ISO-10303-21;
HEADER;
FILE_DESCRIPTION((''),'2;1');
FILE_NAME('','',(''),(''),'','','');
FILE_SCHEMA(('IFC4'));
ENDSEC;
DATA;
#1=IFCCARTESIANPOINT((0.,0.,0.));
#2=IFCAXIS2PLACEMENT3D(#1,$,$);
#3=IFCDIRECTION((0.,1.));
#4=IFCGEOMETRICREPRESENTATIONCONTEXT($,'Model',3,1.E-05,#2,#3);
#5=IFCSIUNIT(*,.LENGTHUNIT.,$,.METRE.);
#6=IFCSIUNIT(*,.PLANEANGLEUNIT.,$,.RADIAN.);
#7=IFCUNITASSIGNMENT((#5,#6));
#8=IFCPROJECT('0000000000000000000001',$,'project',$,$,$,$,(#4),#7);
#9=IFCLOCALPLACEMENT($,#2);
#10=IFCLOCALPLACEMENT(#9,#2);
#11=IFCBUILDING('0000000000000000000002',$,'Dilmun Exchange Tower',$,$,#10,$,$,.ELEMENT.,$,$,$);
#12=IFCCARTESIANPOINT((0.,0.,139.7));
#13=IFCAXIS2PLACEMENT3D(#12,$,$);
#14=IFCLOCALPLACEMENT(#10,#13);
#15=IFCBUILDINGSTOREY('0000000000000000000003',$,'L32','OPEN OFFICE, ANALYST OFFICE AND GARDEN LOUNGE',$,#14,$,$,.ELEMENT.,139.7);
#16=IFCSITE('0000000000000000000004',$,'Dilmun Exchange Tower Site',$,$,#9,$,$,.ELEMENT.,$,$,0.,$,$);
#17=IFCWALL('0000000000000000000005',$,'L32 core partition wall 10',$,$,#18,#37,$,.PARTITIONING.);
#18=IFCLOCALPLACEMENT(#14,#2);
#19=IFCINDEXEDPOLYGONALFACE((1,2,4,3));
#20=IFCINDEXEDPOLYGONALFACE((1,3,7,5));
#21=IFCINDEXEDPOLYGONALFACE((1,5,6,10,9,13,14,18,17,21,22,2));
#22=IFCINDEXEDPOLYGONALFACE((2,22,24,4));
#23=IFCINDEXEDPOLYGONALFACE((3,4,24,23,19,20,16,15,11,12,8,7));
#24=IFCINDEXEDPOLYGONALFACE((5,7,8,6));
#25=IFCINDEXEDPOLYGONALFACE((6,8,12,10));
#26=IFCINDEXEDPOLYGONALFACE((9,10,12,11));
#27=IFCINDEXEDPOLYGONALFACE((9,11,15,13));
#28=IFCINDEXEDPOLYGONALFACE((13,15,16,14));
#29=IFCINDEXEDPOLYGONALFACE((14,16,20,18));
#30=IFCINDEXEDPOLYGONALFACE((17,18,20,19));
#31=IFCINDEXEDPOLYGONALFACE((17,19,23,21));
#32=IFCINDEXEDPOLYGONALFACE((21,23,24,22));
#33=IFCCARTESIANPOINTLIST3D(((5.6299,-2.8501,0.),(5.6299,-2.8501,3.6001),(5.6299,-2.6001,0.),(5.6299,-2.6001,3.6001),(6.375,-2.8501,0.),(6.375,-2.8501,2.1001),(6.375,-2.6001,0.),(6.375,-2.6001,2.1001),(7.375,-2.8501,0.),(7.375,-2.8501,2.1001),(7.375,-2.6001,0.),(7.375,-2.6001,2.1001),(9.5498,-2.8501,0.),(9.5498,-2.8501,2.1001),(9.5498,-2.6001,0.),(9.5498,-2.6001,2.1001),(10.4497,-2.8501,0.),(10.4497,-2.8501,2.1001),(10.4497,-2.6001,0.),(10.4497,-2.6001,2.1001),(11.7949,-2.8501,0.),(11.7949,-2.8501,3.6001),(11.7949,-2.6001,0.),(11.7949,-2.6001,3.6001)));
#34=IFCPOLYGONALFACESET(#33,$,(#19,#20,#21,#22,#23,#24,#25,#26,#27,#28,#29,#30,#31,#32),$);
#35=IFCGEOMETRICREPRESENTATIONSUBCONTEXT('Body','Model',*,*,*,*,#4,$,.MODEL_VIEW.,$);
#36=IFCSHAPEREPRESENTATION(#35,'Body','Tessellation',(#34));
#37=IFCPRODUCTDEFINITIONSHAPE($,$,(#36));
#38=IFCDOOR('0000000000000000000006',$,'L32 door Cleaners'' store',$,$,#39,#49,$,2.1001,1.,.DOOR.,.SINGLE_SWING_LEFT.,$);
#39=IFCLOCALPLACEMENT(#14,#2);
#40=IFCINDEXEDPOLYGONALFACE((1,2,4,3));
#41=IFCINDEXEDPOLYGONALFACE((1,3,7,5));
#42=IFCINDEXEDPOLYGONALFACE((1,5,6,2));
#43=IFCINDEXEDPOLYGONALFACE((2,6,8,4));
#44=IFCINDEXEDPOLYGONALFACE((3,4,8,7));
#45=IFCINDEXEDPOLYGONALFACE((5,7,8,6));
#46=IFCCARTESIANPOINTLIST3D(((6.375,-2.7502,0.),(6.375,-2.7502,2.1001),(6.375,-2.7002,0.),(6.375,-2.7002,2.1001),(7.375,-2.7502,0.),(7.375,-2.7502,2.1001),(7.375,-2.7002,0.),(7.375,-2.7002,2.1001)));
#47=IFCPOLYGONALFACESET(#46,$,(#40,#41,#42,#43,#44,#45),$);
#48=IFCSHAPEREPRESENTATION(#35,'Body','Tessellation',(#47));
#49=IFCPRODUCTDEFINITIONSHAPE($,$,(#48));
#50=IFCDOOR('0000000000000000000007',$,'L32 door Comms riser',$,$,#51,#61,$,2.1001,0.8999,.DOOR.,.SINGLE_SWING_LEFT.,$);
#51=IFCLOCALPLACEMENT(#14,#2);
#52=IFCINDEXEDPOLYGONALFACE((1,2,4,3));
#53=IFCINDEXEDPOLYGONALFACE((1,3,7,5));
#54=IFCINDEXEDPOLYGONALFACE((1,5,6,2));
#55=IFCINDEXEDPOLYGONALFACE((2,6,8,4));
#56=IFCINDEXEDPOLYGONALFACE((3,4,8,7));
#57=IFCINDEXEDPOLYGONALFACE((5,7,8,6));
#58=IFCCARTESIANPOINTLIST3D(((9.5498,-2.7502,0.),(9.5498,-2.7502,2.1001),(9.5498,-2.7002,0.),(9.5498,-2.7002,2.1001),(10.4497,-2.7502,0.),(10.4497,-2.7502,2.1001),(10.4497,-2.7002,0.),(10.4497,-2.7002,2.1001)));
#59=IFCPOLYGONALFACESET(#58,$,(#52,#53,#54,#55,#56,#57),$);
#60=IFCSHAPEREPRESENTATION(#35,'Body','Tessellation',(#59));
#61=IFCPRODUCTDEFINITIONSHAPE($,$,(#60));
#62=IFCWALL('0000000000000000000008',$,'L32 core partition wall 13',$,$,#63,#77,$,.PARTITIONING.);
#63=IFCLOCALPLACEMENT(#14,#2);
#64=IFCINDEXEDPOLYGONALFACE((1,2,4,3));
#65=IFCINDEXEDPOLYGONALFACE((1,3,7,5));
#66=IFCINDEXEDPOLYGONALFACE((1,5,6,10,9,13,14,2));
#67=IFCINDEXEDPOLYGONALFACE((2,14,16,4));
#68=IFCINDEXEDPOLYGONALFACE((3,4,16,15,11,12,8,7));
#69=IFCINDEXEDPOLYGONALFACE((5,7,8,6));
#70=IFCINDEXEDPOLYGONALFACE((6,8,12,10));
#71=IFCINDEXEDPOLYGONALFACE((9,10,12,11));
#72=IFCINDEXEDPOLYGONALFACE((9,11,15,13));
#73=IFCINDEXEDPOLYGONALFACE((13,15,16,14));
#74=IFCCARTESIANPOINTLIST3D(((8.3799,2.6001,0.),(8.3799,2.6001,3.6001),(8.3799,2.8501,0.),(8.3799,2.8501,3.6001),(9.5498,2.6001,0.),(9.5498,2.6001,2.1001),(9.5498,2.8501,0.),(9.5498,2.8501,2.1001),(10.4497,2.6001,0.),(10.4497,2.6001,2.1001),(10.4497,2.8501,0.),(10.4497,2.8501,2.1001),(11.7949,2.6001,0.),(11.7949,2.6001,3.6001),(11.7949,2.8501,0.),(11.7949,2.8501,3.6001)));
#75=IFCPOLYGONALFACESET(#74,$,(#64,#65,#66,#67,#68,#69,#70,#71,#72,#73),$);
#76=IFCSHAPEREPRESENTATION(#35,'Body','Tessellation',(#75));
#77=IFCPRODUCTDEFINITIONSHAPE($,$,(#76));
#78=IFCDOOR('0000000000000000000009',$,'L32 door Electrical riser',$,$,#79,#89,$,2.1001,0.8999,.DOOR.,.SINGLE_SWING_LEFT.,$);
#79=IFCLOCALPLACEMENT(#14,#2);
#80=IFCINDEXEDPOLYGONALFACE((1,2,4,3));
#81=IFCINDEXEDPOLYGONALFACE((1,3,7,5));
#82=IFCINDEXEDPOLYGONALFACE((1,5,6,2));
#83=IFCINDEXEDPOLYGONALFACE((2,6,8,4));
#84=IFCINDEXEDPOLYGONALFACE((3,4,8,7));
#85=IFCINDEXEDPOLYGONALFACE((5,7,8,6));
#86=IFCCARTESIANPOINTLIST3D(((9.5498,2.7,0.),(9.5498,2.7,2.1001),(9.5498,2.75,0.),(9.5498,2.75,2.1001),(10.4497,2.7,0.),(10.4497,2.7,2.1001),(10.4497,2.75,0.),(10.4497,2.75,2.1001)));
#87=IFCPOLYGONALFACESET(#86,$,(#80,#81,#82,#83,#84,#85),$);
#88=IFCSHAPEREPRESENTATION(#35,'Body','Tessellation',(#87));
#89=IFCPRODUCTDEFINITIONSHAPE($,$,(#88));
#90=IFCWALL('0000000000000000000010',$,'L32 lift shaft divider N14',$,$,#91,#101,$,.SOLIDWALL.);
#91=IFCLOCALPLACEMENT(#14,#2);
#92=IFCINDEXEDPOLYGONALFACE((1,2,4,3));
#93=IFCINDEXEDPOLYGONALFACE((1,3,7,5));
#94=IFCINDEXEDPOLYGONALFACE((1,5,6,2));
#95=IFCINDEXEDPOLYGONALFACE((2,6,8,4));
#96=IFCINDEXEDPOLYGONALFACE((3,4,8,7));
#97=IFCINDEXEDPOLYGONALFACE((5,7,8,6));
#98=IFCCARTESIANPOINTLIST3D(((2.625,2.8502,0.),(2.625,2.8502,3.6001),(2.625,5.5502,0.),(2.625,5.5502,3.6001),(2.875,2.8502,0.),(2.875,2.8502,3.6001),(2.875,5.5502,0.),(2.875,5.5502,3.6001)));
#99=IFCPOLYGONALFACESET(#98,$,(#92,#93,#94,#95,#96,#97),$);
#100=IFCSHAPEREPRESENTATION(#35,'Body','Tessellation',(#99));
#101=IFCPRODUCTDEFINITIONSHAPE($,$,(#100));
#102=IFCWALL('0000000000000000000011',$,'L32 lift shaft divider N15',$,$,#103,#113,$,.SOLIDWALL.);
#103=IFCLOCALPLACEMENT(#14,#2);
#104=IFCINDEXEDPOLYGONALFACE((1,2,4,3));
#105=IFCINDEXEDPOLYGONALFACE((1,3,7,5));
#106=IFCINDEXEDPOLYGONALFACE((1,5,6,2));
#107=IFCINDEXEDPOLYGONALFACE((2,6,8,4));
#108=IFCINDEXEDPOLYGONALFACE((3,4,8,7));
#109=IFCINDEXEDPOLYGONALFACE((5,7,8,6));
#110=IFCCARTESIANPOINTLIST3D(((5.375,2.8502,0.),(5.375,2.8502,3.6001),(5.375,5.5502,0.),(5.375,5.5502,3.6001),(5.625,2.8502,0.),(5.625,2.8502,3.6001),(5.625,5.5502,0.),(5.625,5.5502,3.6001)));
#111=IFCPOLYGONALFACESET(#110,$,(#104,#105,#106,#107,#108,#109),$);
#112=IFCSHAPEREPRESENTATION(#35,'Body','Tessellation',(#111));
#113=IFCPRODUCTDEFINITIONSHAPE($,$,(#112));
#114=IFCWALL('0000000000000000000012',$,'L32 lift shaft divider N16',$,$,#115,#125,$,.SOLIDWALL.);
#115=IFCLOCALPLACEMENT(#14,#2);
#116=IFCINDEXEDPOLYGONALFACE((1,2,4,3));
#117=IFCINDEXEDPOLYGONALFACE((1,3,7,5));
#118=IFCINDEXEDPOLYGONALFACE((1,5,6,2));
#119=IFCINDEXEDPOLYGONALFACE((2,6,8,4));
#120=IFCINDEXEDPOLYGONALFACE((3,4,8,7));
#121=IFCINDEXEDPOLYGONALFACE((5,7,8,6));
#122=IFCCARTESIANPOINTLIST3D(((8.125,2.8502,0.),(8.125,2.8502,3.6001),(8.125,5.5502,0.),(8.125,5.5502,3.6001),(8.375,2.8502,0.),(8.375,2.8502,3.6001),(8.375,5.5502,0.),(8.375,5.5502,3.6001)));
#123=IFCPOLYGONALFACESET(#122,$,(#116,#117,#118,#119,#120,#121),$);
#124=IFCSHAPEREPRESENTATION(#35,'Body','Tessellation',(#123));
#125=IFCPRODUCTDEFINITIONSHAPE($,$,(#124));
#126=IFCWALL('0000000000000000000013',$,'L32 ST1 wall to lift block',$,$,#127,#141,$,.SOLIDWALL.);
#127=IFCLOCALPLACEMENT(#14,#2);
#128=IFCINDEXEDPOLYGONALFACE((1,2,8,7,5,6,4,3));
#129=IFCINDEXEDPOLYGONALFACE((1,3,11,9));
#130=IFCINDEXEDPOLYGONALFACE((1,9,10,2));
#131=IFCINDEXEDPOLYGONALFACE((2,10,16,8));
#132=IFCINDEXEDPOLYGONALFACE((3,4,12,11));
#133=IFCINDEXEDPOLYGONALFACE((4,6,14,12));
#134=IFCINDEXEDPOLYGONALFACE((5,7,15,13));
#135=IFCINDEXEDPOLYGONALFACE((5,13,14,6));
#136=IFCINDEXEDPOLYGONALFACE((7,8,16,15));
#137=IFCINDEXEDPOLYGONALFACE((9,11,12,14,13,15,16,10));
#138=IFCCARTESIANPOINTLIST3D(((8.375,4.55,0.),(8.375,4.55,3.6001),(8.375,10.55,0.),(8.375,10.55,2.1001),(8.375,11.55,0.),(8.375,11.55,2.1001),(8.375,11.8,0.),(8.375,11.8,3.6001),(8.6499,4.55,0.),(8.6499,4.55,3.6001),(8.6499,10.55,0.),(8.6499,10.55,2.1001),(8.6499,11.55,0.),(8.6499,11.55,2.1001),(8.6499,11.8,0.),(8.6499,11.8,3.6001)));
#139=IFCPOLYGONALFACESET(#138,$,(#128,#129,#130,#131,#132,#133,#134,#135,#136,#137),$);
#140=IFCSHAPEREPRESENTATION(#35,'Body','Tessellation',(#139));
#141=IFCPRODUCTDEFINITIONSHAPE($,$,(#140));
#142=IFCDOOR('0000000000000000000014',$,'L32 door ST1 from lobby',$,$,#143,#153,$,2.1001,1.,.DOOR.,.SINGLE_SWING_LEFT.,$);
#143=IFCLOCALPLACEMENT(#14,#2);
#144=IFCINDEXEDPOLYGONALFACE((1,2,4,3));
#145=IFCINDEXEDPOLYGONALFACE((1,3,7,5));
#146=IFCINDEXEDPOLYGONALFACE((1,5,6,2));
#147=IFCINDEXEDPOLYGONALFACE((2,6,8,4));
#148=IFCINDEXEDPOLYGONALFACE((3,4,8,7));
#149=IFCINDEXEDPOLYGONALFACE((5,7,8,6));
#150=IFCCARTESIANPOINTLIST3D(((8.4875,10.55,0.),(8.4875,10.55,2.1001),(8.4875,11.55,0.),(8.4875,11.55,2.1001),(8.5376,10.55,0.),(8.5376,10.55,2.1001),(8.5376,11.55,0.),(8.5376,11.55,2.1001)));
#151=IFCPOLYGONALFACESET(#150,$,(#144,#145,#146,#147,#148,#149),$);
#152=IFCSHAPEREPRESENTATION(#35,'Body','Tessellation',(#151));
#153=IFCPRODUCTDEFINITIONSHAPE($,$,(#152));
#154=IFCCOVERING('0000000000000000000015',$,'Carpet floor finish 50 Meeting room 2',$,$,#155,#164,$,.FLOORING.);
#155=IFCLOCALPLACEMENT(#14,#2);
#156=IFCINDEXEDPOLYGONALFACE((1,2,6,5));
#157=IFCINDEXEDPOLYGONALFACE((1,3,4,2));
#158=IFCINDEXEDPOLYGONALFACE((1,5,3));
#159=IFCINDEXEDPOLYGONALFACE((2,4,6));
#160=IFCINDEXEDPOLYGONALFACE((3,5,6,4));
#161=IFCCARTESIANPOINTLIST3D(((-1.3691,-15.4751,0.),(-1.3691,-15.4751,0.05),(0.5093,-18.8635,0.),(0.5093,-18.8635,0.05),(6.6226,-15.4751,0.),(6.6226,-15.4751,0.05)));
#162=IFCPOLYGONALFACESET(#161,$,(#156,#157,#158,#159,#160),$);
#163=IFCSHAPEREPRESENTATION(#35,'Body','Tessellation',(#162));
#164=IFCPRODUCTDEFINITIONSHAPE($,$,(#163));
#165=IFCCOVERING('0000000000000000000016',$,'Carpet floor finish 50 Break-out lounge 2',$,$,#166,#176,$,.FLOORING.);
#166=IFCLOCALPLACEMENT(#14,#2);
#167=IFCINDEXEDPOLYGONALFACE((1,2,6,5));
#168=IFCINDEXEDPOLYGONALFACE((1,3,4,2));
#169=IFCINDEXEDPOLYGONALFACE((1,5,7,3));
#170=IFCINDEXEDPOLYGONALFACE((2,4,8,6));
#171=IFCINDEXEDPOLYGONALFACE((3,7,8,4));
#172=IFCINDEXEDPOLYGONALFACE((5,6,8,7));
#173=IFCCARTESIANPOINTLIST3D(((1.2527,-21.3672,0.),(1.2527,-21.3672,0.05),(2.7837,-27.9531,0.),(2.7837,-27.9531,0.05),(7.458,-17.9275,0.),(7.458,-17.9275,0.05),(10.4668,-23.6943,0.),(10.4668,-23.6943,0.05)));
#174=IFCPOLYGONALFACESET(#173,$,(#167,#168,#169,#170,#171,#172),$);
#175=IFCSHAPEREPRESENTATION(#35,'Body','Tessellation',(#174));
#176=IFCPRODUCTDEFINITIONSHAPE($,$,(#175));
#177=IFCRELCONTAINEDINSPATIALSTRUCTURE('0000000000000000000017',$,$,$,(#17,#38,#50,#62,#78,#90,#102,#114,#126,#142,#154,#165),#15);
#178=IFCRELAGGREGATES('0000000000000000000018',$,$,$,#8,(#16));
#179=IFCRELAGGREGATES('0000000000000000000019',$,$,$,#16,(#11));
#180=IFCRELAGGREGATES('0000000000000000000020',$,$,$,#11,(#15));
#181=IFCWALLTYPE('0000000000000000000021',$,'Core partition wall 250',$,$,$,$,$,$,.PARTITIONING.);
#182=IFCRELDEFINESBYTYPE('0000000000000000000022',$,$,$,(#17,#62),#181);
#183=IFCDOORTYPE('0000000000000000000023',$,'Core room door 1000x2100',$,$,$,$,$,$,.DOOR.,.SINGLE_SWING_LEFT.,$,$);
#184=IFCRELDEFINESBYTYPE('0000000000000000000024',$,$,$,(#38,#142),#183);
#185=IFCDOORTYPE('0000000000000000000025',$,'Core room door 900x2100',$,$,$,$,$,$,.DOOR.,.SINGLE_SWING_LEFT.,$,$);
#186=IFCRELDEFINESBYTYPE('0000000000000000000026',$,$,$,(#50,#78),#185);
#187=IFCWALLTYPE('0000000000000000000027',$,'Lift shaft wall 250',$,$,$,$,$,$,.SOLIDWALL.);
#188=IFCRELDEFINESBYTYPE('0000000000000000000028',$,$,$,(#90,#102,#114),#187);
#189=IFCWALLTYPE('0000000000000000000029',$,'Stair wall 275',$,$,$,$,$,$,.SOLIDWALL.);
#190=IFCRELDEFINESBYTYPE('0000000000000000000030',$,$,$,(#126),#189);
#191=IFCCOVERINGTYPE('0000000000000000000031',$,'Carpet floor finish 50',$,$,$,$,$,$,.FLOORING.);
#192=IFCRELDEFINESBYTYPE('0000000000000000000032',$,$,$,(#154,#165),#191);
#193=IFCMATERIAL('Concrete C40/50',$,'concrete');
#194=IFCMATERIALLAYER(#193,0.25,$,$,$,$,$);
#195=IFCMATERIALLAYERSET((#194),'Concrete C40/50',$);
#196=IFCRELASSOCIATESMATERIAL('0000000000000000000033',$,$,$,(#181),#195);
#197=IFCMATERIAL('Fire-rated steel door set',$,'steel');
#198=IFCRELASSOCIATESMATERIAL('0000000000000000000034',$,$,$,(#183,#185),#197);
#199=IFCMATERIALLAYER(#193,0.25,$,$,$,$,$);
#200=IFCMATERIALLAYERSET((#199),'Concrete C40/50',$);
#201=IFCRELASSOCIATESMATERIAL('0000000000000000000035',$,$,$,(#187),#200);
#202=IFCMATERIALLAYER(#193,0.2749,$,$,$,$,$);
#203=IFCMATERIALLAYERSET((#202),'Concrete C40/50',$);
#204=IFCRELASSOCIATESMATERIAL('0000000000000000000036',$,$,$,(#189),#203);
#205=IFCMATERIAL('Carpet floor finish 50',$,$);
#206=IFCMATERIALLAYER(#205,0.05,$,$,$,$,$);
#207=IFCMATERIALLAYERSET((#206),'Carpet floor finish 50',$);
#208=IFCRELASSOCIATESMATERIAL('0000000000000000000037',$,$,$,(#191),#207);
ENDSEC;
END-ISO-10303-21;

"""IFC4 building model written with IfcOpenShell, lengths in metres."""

from ifc_helpers import new_model, si_unit, direction, frame, frame_2d, origin, place, context, subcontext, project, spatial, polyline, rectangle, outline, extrude, material, layer, layer_set, type_object, element, fill, save


model = new_model("IFC4")

# Units and contexts
model_context = context("Model", 3, precision=1e-05, world=origin(), true_north=direction((0.0, 1.0)))
body_context = subcontext(model_context, "Body", "Model", "MODEL_VIEW")
ifc_project = project(units=[si_unit("LENGTHUNIT", "METRE"), si_unit("PLANEANGLEUNIT", "RADIAN")], contexts=[model_context])

# Site, building, storey
site_placement = place(None, origin())
site = spatial("IfcSite", under=ifc_project, at=site_placement, Name="Dilmun Exchange Tower Site", CompositionType="ELEMENT", RefElevation=0.0)
building_placement = place(site_placement, origin())
building = spatial("IfcBuilding", under=site, at=building_placement, Name="Dilmun Exchange Tower", CompositionType="ELEMENT")
storey_placement = place(building_placement, frame((0.0, 0.0, 139.7)))
storey = spatial("IfcBuildingStorey", under=building, at=storey_placement, Name="L32", Description="OPEN OFFICE, ANALYST OFFICE AND GARDEN LOUNGE", CompositionType="ELEMENT", Elevation=139.7)

# Shared definitions
ifc_material_1 = material(Name="Concrete C40/50", Category="concrete")
ifc_material_2 = material(Name="Fire-rated steel door set", Category="steel")

# Wall, openings, doors
ifc_layer_1 = layer(ifc_material_1, 0.25)
ifc_layer_set_1 = layer_set([ifc_layer_1], Name="Concrete C40/50")
wall_type_1 = type_object("IfcWallType", Name="Core partition wall 250", PredefinedType="PARTITIONING", material=ifc_layer_set_1)
wall_1_placement = place(storey_placement, frame((5.6299, -2.7251, 0.0), z_axis=(0.0, 0.0, 1.0), x_axis=(1.0, 0.0, 0.0)))
wall_1 = element("IfcWall", 1, at=wall_1_placement, inside=storey, type_object=wall_type_1, Name="L32 core partition wall 10", PredefinedType="PARTITIONING", context=body_context, shape_type="SweptSolid", body=[
    extrude(rectangle(XDim=6.165, YDim=0.25, at=frame_2d((3.0825, 0.0))), origin(), (0.0, 0.0, 1.0), 3.6001),
])
opening_1_placement = place(wall_1_placement, frame((0.7451, 0.0, 0.0)))
opening_1 = element("IfcOpeningElement", 2, at=opening_1_placement, cuts=wall_1, PredefinedType="OPENING", context=body_context, shape_type="SweptSolid", body=[
    extrude(rectangle(XDim=1.0, YDim=2.1001, at=frame_2d((0.5, 1.05))), frame((0.0, 0.135, 0.0), z_axis=(0.0, -1.0, 0.0), x_axis=(1.0, 0.0, 0.0)), (0.0, 0.0, 1.0), 0.27),
])
opening_2_placement = place(wall_1_placement, frame((3.9199, 0.0, 0.0)))
opening_2 = element("IfcOpeningElement", 3, at=opening_2_placement, cuts=wall_1, PredefinedType="OPENING", context=body_context, shape_type="SweptSolid", body=[
    extrude(rectangle(XDim=0.8999, YDim=2.1001, at=frame_2d((0.45, 1.05))), frame((0.0, 0.135, 0.0), z_axis=(0.0, -1.0, 0.0), x_axis=(1.0, 0.0, 0.0)), (0.0, 0.0, 1.0), 0.27),
])
door_type_1 = type_object("IfcDoorType", Name="Core room door 1000x2100", OperationType="SINGLE_SWING_LEFT", PredefinedType="DOOR", material=ifc_material_2)
door_1_placement = place(opening_1_placement, origin())
door_1 = element("IfcDoor", 4, at=door_1_placement, inside=storey, type_object=door_type_1, Name="L32 door Cleaners' store", OperationType="SINGLE_SWING_LEFT", OverallHeight=2.1001, OverallWidth=1.0, PredefinedType="DOOR", context=body_context, shape_type="SweptSolid", body=[
    extrude(rectangle(XDim=1.0, YDim=2.1001, at=frame_2d((0.5, 1.05))), frame((0.0, 0.0249, 0.0), z_axis=(0.0, -1.0, 0.0), x_axis=(1.0, 0.0, 0.0)), (0.0, 0.0, 1.0), 0.05),
])
fill(opening_1, door_1)
door_type_2 = type_object("IfcDoorType", Name="Core room door 900x2100", OperationType="SINGLE_SWING_LEFT", PredefinedType="DOOR", material=ifc_material_2)
door_2_placement = place(opening_2_placement, origin())
door_2 = element("IfcDoor", 5, at=door_2_placement, inside=storey, type_object=door_type_2, Name="L32 door Comms riser", OperationType="SINGLE_SWING_LEFT", OverallHeight=2.1001, OverallWidth=0.8999, PredefinedType="DOOR", context=body_context, shape_type="SweptSolid", body=[
    extrude(rectangle(XDim=0.8999, YDim=2.1001, at=frame_2d((0.45, 1.05))), frame((0.0, 0.0249, 0.0), z_axis=(0.0, -1.0, 0.0), x_axis=(1.0, 0.0, 0.0)), (0.0, 0.0, 1.0), 0.05),
])
fill(opening_2, door_2)

# Wall, opening, door
wall_2_placement = place(storey_placement, frame((8.3799, 2.7251, 0.0), z_axis=(0.0, 0.0, 1.0), x_axis=(1.0, 0.0, 0.0)))
wall_2 = element("IfcWall", 6, at=wall_2_placement, inside=storey, type_object=wall_type_1, Name="L32 core partition wall 13", PredefinedType="PARTITIONING", context=body_context, shape_type="SweptSolid", body=[
    extrude(rectangle(XDim=3.415, YDim=0.25, at=frame_2d((1.7075, 0.0))), origin(), (0.0, 0.0, 1.0), 3.6001),
])
opening_3_placement = place(wall_2_placement, frame((1.1699, 0.0, 0.0)))
opening_3 = element("IfcOpeningElement", 7, at=opening_3_placement, cuts=wall_2, PredefinedType="OPENING", context=body_context, shape_type="SweptSolid", body=[
    extrude(rectangle(XDim=0.8999, YDim=2.1001, at=frame_2d((0.45, 1.05))), frame((0.0, 0.135, 0.0), z_axis=(0.0, -1.0, 0.0), x_axis=(1.0, 0.0, 0.0)), (0.0, 0.0, 1.0), 0.27),
])
door_3_placement = place(opening_3_placement, origin())
door_3 = element("IfcDoor", 8, at=door_3_placement, inside=storey, type_object=door_type_2, Name="L32 door Electrical riser", OperationType="SINGLE_SWING_LEFT", OverallHeight=2.1001, OverallWidth=0.8999, PredefinedType="DOOR", context=body_context, shape_type="SweptSolid", body=[
    extrude(rectangle(XDim=0.8999, YDim=2.1001, at=frame_2d((0.45, 1.05))), frame((0.0, 0.0249, 0.0), z_axis=(0.0, -1.0, 0.0), x_axis=(1.0, 0.0, 0.0)), (0.0, 0.0, 1.0), 0.05),
])
fill(opening_3, door_3)

# Walls
ifc_layer_2 = layer(ifc_material_1, 0.25)
ifc_layer_set_2 = layer_set([ifc_layer_2], Name="Concrete C40/50")
wall_type_2 = type_object("IfcWallType", Name="Lift shaft wall 250", PredefinedType="SOLIDWALL", material=ifc_layer_set_2)
for number, where, z_axis, x_axis, name in (
    (9, (2.75, 2.8501, 0.0), (0.0, 0.0, 1.0), (0.0, 1.0, 0.0), "L32 lift shaft divider N14"),
    (10, (5.5, 2.8501, 0.0), (0.0, 0.0, 1.0), (0.0, 1.0, 0.0), "L32 lift shaft divider N15"),
    (11, (8.25, 2.8501, 0.0), (0.0, 0.0, 1.0), (0.0, 1.0, 0.0), "L32 lift shaft divider N16"),
):
    element("IfcWall", number, at=place(storey_placement, frame(where, z_axis=z_axis, x_axis=x_axis)), inside=storey, type_object=wall_type_2, Name=name, PredefinedType="SOLIDWALL", context=body_context, shape_type="SweptSolid", body=[
        extrude(rectangle(XDim=2.7, YDim=0.25, at=frame_2d((1.3501, 0.0))), origin(), (0.0, 0.0, 1.0), 3.6001),
    ])

# Wall, opening, door
ifc_layer_3 = layer(ifc_material_1, 0.2749)
ifc_layer_set_3 = layer_set([ifc_layer_3], Name="Concrete C40/50")
wall_type_3 = type_object("IfcWallType", Name="Stair wall 275", PredefinedType="SOLIDWALL", material=ifc_layer_set_3)
wall_3_placement = place(storey_placement, frame((8.5125, 4.55, 0.0), z_axis=(0.0, 0.0, 1.0), x_axis=(0.0, 1.0, 0.0)))
wall_3 = element("IfcWall", 12, at=wall_3_placement, inside=storey, type_object=wall_type_3, Name="L32 ST1 wall to lift block", PredefinedType="SOLIDWALL", context=body_context, shape_type="SweptSolid", body=[
    extrude(rectangle(XDim=7.25, YDim=0.2749, at=frame_2d((3.625, 0.0))), origin(), (0.0, 0.0, 1.0), 3.6001),
])
opening_4_placement = place(wall_3_placement, frame((6.0, 0.0, 0.0)))
opening_4 = element("IfcOpeningElement", 13, at=opening_4_placement, cuts=wall_3, PredefinedType="OPENING", context=body_context, shape_type="SweptSolid", body=[
    extrude(rectangle(XDim=1.0, YDim=2.1001, at=frame_2d((0.5, 1.05))), frame((0.0, 0.1475, 0.0), z_axis=(0.0, -1.0, 0.0), x_axis=(1.0, 0.0, 0.0)), (0.0, 0.0, 1.0), 0.2949),
])
door_4_placement = place(opening_4_placement, origin())
door_4 = element("IfcDoor", 14, at=door_4_placement, inside=storey, type_object=door_type_1, Name="L32 door ST1 from lobby", OperationType="SINGLE_SWING_LEFT", OverallHeight=2.1001, OverallWidth=1.0, PredefinedType="DOOR", context=body_context, shape_type="SweptSolid", body=[
    extrude(rectangle(XDim=1.0, YDim=2.1001, at=frame_2d((0.5, 1.05))), frame((0.0, 0.0249, 0.0), z_axis=(0.0, -1.0, 0.0), x_axis=(1.0, 0.0, 0.0)), (0.0, 0.0, 1.0), 0.05),
])
fill(opening_4, door_4)

# Coverings
ifc_material_3 = material(Name="Carpet floor finish 50")
ifc_layer_4 = layer(ifc_material_3, 0.05)
ifc_layer_set_4 = layer_set([ifc_layer_4], Name="Carpet floor finish 50")
covering_type_1 = type_object("IfcCoveringType", Name="Carpet floor finish 50", PredefinedType="FLOORING", material=ifc_layer_set_4)
covering_1_placement = place(storey_placement, origin())
element("IfcCovering", 15, at=covering_1_placement, inside=storey, type_object=covering_type_1, Name="Carpet floor finish 50 Meeting room 2", PredefinedType="FLOORING", context=body_context, shape_type="SweptSolid", body=[
    extrude(outline(polyline([(-1.3691, -15.4751), (6.6226, -15.4751), (0.5093, -18.8635), (-1.3691, -15.4751)])), origin(), (0.0, 0.0, 1.0), 0.05),
])
covering_2_placement = place(storey_placement, origin())
element("IfcCovering", 16, at=covering_2_placement, inside=storey, type_object=covering_type_1, Name="Carpet floor finish 50 Break-out lounge 2", PredefinedType="FLOORING", context=body_context, shape_type="SweptSolid", body=[
    extrude(outline(polyline([(7.458, -17.9275), (10.4668, -23.6943), (2.7837, -27.9531), (1.2527, -21.3672), (7.458, -17.9275)])), origin(), (0.0, 0.0, 1.0), 0.05),
])

save(model, "model.ifc")
